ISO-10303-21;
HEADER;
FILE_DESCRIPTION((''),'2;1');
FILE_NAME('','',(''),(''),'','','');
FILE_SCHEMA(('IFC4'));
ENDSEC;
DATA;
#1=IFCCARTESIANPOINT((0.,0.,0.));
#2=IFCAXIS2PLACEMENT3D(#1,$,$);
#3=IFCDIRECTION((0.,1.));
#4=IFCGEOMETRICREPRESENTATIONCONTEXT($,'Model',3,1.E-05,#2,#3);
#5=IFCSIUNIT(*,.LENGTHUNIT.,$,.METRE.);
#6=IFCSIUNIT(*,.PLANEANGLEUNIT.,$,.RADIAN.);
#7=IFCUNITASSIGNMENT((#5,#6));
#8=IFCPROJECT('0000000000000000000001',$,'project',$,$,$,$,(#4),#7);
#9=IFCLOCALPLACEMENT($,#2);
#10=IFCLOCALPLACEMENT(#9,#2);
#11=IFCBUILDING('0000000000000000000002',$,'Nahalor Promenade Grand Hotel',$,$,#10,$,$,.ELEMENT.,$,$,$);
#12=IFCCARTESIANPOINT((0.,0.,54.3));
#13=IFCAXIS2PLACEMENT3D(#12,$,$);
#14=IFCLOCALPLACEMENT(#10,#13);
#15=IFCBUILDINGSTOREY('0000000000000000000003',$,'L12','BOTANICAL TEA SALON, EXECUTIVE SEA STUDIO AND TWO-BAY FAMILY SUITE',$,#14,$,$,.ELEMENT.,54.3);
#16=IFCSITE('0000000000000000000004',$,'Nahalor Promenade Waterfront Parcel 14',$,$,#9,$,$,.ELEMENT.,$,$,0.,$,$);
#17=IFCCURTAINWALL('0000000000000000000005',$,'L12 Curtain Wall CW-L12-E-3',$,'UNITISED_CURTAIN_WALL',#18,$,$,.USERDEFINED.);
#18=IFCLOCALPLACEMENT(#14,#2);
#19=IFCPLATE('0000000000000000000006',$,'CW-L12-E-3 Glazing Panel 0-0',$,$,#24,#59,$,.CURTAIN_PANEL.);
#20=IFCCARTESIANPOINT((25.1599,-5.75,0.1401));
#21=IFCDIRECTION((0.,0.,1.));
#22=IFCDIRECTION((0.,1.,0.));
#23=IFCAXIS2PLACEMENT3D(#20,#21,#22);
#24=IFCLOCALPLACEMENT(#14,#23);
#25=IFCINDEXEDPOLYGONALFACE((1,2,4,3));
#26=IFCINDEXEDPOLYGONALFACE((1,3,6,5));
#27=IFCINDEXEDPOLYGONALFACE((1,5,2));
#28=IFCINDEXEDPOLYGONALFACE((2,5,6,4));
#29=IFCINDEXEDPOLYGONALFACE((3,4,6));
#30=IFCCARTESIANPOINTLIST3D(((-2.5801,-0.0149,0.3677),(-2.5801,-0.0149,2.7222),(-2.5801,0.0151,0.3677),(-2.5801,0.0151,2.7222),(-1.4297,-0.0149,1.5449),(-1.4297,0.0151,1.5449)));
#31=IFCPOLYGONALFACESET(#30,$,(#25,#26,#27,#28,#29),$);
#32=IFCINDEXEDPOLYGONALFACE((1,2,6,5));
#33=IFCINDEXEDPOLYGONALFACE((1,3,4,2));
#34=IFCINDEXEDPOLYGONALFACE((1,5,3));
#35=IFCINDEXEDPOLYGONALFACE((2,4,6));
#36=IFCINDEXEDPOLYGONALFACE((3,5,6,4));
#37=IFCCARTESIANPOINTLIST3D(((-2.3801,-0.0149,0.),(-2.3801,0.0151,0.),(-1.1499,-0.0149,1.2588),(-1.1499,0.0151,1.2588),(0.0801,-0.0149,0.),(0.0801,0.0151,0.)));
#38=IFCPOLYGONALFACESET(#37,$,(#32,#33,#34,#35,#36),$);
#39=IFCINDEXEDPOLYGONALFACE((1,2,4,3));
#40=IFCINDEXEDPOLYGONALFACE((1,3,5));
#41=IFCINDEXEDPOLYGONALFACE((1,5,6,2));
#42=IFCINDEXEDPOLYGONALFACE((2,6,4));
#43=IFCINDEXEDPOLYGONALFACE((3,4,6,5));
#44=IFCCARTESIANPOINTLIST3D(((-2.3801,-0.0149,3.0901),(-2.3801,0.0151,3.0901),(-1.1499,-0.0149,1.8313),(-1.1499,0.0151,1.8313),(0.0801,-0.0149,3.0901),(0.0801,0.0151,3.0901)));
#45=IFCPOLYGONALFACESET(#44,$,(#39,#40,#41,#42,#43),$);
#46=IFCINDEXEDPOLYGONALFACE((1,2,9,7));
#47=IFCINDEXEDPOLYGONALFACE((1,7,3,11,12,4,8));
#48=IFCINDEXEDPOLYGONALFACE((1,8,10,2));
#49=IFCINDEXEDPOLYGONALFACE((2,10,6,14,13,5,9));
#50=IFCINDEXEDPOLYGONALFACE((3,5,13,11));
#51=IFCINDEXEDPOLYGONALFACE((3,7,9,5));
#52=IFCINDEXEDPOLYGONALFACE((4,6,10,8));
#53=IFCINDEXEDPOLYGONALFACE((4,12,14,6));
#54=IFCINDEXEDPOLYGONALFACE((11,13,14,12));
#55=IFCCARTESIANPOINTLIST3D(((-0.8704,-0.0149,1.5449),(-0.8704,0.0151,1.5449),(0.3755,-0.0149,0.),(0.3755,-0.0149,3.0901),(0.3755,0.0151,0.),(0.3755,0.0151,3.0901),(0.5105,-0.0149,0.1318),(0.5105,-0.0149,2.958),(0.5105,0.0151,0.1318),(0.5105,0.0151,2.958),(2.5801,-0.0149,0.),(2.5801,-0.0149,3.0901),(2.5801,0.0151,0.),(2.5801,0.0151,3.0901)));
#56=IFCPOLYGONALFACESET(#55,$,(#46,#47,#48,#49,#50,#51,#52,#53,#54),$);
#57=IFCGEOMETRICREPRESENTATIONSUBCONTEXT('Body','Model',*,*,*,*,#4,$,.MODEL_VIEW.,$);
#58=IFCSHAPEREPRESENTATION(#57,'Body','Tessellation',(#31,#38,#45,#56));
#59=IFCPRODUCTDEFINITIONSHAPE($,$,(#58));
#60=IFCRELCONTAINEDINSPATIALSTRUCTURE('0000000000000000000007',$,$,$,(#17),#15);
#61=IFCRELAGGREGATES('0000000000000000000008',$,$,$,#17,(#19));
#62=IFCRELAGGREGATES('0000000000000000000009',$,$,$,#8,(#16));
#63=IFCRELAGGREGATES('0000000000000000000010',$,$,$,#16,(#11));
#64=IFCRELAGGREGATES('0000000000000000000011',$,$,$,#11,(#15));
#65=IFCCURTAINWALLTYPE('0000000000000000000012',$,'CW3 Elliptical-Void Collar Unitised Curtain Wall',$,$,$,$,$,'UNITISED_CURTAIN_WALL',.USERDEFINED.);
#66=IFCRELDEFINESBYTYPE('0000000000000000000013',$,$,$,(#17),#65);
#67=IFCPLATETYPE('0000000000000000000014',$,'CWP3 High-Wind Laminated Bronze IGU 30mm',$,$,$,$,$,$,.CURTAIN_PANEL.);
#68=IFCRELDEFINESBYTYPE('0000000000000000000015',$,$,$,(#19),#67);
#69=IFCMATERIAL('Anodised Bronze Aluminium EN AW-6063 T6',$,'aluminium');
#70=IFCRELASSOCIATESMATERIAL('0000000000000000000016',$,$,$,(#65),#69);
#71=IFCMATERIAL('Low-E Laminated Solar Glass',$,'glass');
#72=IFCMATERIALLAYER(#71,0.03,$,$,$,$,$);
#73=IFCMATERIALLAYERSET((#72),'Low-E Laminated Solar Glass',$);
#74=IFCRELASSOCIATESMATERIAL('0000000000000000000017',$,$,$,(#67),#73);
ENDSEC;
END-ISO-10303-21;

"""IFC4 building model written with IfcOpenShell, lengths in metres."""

from ifc_helpers import new_model, si_unit, direction, frame, origin, place, context, subcontext, project, spatial, polyline, outline, extrude, material, layer, layer_set, type_object, element, aggregate, save


model = new_model("IFC4")

# Units and contexts
model_context = context("Model", 3, precision=1e-05, world=origin(), true_north=direction((0.0, 1.0)))
body_context = subcontext(model_context, "Body", "Model", "MODEL_VIEW")
ifc_project = project(units=[si_unit("LENGTHUNIT", "METRE"), si_unit("PLANEANGLEUNIT", "RADIAN")], contexts=[model_context])

# Site, building, storey
site_placement = place(None, origin())
site = spatial("IfcSite", under=ifc_project, at=site_placement, Name="Nahalor Promenade Waterfront Parcel 14", CompositionType="ELEMENT", RefElevation=0.0)
building_placement = place(site_placement, origin())
building = spatial("IfcBuilding", under=site, at=building_placement, Name="Nahalor Promenade Grand Hotel", CompositionType="ELEMENT")
storey_placement = place(building_placement, frame((0.0, 0.0, 54.3)))
storey = spatial("IfcBuildingStorey", under=building, at=storey_placement, Name="L12", Description="BOTANICAL TEA SALON, EXECUTIVE SEA STUDIO AND TWO-BAY FAMILY SUITE", CompositionType="ELEMENT", Elevation=54.3)

# Curtain wall
ifc_material_1 = material(Name="Anodised Bronze Aluminium EN AW-6063 T6", Category="aluminium")
curtain_wall_type = type_object("IfcCurtainWallType", Name="CW3 Elliptical-Void Collar Unitised Curtain Wall", ElementType="UNITISED_CURTAIN_WALL", PredefinedType="USERDEFINED", material=ifc_material_1)
curtain_wall_1_placement = place(storey_placement, origin())
curtain_wall_1 = element("IfcCurtainWall", 1, at=curtain_wall_1_placement, inside=storey, type_object=curtain_wall_type, Name="L12 Curtain Wall CW-L12-E-3", ObjectType="UNITISED_CURTAIN_WALL", PredefinedType="USERDEFINED")

# Plate
ifc_material_2 = material(Name="Low-E Laminated Solar Glass", Category="glass")
ifc_layer_1 = layer(ifc_material_2, 0.03)
ifc_layer_set_1 = layer_set([ifc_layer_1], Name="Low-E Laminated Solar Glass")
plate_type_1 = type_object("IfcPlateType", Name="CWP3 High-Wind Laminated Bronze IGU 30mm", PredefinedType="CURTAIN_PANEL", material=ifc_layer_set_1)
plate_1_placement = place(storey_placement, frame((25.1599, -5.75, 0.1401), z_axis=(0.0, 0.0, 1.0), x_axis=(0.0, 1.0, 0.0)))
plate_1 = element("IfcPlate", 2, at=plate_1_placement, type_object=plate_type_1, Name="CW-L12-E-3 Glazing Panel 0-0", PredefinedType="CURTAIN_PANEL", context=body_context, shape_type="SweptSolid", body=[
    extrude(outline(polyline([(-1.4297, 1.5449), (-2.5801, 2.7222), (-2.5801, 0.3677), (-1.4297, 1.5449)])), frame((0.0, 0.0151, 0.0), z_axis=(0.0, -1.0, 0.0), x_axis=(1.0, 0.0, 0.0)), (0.0, 0.0, 1.0), 0.03),
    extrude(outline(polyline([(-1.1499, 1.2588), (-2.3801, 0.0), (0.0801, 0.0), (-1.1499, 1.2588)])), frame((0.0, 0.0151, 0.0), z_axis=(0.0, -1.0, 0.0), x_axis=(1.0, 0.0, 0.0)), (0.0, 0.0, 1.0), 0.03),
    extrude(outline(polyline([(-1.1499, 1.8313), (0.0801, 3.0901), (-2.3801, 3.0901), (-1.1499, 1.8313)])), frame((0.0, 0.0151, 0.0), z_axis=(0.0, -1.0, 0.0), x_axis=(1.0, 0.0, 0.0)), (0.0, 0.0, 1.0), 0.03),
    extrude(outline(polyline([(2.5801, 0.0), (2.5801, 3.0901), (0.3755, 3.0901), (0.5105, 2.958), (-0.8704, 1.5449), (0.5105, 0.1318), (0.3755, 0.0), (2.5801, 0.0)])), frame((0.0, 0.0151, 0.0), z_axis=(0.0, -1.0, 0.0), x_axis=(1.0, 0.0, 0.0)), (0.0, 0.0, 1.0), 0.03),
])
aggregate(curtain_wall_1, [plate_1])

save(model, "model.ifc")
